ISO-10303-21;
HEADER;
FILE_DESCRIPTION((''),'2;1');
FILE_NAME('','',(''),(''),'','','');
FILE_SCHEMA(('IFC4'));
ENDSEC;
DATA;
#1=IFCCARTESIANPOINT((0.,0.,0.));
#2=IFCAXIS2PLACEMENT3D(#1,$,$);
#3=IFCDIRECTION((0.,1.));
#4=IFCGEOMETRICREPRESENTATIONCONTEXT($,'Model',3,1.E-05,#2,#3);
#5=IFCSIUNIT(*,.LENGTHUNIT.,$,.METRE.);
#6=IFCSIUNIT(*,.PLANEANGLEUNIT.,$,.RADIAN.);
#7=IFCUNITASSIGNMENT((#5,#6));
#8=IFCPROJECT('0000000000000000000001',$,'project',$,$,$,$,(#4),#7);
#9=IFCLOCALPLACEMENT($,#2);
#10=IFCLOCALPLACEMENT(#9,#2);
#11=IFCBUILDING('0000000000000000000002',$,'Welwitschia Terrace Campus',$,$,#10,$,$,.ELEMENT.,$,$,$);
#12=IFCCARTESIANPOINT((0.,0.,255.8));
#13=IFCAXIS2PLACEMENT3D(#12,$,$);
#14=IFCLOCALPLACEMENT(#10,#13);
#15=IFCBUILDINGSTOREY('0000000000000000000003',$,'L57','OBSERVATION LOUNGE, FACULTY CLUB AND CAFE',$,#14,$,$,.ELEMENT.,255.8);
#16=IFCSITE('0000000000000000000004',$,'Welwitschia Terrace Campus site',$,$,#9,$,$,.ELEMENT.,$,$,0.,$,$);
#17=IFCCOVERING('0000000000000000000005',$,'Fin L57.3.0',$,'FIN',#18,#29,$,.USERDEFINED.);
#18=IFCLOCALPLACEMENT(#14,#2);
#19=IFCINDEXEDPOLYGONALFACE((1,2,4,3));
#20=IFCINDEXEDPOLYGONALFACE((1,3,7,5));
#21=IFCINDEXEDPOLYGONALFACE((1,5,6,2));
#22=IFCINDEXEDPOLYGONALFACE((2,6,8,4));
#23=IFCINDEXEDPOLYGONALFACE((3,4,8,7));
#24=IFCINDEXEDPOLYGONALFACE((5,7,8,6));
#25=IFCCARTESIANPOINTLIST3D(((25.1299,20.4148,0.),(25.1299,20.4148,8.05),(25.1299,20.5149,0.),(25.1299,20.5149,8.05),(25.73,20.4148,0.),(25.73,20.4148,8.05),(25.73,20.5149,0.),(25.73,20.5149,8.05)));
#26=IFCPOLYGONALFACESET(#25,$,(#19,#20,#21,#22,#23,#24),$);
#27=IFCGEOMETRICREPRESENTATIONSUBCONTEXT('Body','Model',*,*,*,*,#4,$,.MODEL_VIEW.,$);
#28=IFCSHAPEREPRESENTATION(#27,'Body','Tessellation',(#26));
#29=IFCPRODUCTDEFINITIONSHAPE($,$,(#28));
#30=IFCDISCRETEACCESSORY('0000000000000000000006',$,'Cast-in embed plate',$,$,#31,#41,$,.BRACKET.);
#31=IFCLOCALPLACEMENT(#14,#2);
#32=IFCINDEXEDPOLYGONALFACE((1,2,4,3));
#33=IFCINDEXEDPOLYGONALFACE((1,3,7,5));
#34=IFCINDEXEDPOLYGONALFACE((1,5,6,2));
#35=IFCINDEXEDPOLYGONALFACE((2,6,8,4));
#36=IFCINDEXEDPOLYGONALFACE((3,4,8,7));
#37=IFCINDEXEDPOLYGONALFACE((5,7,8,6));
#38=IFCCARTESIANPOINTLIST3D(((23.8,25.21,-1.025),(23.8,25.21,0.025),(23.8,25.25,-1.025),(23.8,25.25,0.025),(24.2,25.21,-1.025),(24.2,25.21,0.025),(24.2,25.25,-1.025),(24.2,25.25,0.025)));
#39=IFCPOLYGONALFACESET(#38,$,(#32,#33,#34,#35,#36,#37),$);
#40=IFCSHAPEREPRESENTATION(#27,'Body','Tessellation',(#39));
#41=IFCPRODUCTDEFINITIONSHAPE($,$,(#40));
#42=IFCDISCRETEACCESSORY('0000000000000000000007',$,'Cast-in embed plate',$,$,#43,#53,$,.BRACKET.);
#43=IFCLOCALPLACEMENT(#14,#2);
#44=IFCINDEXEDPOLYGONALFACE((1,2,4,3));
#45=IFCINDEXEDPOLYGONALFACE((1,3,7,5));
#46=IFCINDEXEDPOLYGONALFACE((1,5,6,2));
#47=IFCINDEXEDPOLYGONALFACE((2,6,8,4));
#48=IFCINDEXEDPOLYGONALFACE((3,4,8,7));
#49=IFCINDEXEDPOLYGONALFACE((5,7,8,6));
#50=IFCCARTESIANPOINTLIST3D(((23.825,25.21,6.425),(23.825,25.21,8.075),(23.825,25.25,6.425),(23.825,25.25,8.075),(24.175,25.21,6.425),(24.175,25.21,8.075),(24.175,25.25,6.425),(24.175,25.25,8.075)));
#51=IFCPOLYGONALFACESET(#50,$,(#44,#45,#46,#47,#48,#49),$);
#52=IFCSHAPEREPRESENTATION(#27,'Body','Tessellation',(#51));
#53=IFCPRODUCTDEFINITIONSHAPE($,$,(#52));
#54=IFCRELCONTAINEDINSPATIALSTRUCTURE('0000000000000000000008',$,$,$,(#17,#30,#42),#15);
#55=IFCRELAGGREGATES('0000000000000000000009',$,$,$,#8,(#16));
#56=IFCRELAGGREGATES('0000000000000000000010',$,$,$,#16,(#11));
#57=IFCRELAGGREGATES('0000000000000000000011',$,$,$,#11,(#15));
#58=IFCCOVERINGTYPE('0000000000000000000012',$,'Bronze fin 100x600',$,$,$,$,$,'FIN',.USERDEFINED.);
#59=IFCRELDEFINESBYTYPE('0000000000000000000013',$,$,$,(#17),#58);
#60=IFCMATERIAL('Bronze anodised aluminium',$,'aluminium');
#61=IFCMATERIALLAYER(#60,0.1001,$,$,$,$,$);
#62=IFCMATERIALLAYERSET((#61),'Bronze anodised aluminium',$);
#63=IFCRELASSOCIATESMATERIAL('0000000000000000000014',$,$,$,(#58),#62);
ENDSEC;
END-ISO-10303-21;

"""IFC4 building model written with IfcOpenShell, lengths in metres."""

from ifc_helpers import new_model, si_unit, direction, frame, origin, origin_2d, place, context, subcontext, project, spatial, rectangle, extrude, material, layer, layer_set, type_object, element, save


model = new_model("IFC4")

# Units and contexts
model_context = context("Model", 3, precision=1e-05, world=origin(), true_north=direction((0.0, 1.0)))
body_context = subcontext(model_context, "Body", "Model", "MODEL_VIEW")
ifc_project = project(units=[si_unit("LENGTHUNIT", "METRE"), si_unit("PLANEANGLEUNIT", "RADIAN")], contexts=[model_context])

# Site, building, storey
site_placement = place(None, origin())
site = spatial("IfcSite", under=ifc_project, at=site_placement, Name="Welwitschia Terrace Campus site", CompositionType="ELEMENT", RefElevation=0.0)
building_placement = place(site_placement, origin())
building = spatial("IfcBuilding", under=site, at=building_placement, Name="Welwitschia Terrace Campus", CompositionType="ELEMENT")
storey_placement = place(building_placement, frame((0.0, 0.0, 255.8)))
storey = spatial("IfcBuildingStorey", under=building, at=storey_placement, Name="L57", Description="OBSERVATION LOUNGE, FACULTY CLUB AND CAFE", CompositionType="ELEMENT", Elevation=255.8)

# Covering
ifc_material_1 = material(Name="Bronze anodised aluminium", Category="aluminium")
ifc_layer_1 = layer(ifc_material_1, 0.1001)
ifc_layer_set_1 = layer_set([ifc_layer_1], Name="Bronze anodised aluminium")
covering_type = type_object("IfcCoveringType", Name="Bronze fin 100x600", ElementType="FIN", PredefinedType="USERDEFINED", material=ifc_layer_set_1)
covering_placement = place(storey_placement, frame((25.4299, 20.4648, 0.0), z_axis=(0.0, 0.0, 1.0), x_axis=(0.0, 1.0, 0.0)))
element("IfcCovering", 1, at=covering_placement, inside=storey, type_object=covering_type, Name="Fin L57.3.0", ObjectType="FIN", PredefinedType="USERDEFINED", context=body_context, shape_type="SweptSolid", body=[
    extrude(rectangle(XDim=0.1001, YDim=0.6001, at=origin_2d()), origin(), (0.0, 0.0, 1.0), 8.05),
])

# Discrete accessories
discrete_accessory_1_placement = place(storey_placement, frame((24.0, 25.25, -0.5), z_axis=(0.0, -1.0, 0.0), x_axis=(1.0, 0.0, 0.0)))
element("IfcDiscreteAccessory", 2, at=discrete_accessory_1_placement, inside=storey, Name="Cast-in embed plate", PredefinedType="BRACKET", context=body_context, shape_type="SweptSolid", body=[
    extrude(rectangle(XDim=0.3999, YDim=1.05, at=origin_2d()), origin(), (0.0, 0.0, 1.0), 0.04),
])
discrete_accessory_2_placement = place(storey_placement, frame((24.0, 25.25, 7.25), z_axis=(0.0, -1.0, 0.0), x_axis=(1.0, 0.0, 0.0)))
element("IfcDiscreteAccessory", 3, at=discrete_accessory_2_placement, inside=storey, Name="Cast-in embed plate", PredefinedType="BRACKET", context=body_context, shape_type="SweptSolid", body=[
    extrude(rectangle(XDim=0.3501, YDim=1.6499, at=origin_2d()), origin(), (0.0, 0.0, 1.0), 0.04),
])

save(model, "model.ifc")
